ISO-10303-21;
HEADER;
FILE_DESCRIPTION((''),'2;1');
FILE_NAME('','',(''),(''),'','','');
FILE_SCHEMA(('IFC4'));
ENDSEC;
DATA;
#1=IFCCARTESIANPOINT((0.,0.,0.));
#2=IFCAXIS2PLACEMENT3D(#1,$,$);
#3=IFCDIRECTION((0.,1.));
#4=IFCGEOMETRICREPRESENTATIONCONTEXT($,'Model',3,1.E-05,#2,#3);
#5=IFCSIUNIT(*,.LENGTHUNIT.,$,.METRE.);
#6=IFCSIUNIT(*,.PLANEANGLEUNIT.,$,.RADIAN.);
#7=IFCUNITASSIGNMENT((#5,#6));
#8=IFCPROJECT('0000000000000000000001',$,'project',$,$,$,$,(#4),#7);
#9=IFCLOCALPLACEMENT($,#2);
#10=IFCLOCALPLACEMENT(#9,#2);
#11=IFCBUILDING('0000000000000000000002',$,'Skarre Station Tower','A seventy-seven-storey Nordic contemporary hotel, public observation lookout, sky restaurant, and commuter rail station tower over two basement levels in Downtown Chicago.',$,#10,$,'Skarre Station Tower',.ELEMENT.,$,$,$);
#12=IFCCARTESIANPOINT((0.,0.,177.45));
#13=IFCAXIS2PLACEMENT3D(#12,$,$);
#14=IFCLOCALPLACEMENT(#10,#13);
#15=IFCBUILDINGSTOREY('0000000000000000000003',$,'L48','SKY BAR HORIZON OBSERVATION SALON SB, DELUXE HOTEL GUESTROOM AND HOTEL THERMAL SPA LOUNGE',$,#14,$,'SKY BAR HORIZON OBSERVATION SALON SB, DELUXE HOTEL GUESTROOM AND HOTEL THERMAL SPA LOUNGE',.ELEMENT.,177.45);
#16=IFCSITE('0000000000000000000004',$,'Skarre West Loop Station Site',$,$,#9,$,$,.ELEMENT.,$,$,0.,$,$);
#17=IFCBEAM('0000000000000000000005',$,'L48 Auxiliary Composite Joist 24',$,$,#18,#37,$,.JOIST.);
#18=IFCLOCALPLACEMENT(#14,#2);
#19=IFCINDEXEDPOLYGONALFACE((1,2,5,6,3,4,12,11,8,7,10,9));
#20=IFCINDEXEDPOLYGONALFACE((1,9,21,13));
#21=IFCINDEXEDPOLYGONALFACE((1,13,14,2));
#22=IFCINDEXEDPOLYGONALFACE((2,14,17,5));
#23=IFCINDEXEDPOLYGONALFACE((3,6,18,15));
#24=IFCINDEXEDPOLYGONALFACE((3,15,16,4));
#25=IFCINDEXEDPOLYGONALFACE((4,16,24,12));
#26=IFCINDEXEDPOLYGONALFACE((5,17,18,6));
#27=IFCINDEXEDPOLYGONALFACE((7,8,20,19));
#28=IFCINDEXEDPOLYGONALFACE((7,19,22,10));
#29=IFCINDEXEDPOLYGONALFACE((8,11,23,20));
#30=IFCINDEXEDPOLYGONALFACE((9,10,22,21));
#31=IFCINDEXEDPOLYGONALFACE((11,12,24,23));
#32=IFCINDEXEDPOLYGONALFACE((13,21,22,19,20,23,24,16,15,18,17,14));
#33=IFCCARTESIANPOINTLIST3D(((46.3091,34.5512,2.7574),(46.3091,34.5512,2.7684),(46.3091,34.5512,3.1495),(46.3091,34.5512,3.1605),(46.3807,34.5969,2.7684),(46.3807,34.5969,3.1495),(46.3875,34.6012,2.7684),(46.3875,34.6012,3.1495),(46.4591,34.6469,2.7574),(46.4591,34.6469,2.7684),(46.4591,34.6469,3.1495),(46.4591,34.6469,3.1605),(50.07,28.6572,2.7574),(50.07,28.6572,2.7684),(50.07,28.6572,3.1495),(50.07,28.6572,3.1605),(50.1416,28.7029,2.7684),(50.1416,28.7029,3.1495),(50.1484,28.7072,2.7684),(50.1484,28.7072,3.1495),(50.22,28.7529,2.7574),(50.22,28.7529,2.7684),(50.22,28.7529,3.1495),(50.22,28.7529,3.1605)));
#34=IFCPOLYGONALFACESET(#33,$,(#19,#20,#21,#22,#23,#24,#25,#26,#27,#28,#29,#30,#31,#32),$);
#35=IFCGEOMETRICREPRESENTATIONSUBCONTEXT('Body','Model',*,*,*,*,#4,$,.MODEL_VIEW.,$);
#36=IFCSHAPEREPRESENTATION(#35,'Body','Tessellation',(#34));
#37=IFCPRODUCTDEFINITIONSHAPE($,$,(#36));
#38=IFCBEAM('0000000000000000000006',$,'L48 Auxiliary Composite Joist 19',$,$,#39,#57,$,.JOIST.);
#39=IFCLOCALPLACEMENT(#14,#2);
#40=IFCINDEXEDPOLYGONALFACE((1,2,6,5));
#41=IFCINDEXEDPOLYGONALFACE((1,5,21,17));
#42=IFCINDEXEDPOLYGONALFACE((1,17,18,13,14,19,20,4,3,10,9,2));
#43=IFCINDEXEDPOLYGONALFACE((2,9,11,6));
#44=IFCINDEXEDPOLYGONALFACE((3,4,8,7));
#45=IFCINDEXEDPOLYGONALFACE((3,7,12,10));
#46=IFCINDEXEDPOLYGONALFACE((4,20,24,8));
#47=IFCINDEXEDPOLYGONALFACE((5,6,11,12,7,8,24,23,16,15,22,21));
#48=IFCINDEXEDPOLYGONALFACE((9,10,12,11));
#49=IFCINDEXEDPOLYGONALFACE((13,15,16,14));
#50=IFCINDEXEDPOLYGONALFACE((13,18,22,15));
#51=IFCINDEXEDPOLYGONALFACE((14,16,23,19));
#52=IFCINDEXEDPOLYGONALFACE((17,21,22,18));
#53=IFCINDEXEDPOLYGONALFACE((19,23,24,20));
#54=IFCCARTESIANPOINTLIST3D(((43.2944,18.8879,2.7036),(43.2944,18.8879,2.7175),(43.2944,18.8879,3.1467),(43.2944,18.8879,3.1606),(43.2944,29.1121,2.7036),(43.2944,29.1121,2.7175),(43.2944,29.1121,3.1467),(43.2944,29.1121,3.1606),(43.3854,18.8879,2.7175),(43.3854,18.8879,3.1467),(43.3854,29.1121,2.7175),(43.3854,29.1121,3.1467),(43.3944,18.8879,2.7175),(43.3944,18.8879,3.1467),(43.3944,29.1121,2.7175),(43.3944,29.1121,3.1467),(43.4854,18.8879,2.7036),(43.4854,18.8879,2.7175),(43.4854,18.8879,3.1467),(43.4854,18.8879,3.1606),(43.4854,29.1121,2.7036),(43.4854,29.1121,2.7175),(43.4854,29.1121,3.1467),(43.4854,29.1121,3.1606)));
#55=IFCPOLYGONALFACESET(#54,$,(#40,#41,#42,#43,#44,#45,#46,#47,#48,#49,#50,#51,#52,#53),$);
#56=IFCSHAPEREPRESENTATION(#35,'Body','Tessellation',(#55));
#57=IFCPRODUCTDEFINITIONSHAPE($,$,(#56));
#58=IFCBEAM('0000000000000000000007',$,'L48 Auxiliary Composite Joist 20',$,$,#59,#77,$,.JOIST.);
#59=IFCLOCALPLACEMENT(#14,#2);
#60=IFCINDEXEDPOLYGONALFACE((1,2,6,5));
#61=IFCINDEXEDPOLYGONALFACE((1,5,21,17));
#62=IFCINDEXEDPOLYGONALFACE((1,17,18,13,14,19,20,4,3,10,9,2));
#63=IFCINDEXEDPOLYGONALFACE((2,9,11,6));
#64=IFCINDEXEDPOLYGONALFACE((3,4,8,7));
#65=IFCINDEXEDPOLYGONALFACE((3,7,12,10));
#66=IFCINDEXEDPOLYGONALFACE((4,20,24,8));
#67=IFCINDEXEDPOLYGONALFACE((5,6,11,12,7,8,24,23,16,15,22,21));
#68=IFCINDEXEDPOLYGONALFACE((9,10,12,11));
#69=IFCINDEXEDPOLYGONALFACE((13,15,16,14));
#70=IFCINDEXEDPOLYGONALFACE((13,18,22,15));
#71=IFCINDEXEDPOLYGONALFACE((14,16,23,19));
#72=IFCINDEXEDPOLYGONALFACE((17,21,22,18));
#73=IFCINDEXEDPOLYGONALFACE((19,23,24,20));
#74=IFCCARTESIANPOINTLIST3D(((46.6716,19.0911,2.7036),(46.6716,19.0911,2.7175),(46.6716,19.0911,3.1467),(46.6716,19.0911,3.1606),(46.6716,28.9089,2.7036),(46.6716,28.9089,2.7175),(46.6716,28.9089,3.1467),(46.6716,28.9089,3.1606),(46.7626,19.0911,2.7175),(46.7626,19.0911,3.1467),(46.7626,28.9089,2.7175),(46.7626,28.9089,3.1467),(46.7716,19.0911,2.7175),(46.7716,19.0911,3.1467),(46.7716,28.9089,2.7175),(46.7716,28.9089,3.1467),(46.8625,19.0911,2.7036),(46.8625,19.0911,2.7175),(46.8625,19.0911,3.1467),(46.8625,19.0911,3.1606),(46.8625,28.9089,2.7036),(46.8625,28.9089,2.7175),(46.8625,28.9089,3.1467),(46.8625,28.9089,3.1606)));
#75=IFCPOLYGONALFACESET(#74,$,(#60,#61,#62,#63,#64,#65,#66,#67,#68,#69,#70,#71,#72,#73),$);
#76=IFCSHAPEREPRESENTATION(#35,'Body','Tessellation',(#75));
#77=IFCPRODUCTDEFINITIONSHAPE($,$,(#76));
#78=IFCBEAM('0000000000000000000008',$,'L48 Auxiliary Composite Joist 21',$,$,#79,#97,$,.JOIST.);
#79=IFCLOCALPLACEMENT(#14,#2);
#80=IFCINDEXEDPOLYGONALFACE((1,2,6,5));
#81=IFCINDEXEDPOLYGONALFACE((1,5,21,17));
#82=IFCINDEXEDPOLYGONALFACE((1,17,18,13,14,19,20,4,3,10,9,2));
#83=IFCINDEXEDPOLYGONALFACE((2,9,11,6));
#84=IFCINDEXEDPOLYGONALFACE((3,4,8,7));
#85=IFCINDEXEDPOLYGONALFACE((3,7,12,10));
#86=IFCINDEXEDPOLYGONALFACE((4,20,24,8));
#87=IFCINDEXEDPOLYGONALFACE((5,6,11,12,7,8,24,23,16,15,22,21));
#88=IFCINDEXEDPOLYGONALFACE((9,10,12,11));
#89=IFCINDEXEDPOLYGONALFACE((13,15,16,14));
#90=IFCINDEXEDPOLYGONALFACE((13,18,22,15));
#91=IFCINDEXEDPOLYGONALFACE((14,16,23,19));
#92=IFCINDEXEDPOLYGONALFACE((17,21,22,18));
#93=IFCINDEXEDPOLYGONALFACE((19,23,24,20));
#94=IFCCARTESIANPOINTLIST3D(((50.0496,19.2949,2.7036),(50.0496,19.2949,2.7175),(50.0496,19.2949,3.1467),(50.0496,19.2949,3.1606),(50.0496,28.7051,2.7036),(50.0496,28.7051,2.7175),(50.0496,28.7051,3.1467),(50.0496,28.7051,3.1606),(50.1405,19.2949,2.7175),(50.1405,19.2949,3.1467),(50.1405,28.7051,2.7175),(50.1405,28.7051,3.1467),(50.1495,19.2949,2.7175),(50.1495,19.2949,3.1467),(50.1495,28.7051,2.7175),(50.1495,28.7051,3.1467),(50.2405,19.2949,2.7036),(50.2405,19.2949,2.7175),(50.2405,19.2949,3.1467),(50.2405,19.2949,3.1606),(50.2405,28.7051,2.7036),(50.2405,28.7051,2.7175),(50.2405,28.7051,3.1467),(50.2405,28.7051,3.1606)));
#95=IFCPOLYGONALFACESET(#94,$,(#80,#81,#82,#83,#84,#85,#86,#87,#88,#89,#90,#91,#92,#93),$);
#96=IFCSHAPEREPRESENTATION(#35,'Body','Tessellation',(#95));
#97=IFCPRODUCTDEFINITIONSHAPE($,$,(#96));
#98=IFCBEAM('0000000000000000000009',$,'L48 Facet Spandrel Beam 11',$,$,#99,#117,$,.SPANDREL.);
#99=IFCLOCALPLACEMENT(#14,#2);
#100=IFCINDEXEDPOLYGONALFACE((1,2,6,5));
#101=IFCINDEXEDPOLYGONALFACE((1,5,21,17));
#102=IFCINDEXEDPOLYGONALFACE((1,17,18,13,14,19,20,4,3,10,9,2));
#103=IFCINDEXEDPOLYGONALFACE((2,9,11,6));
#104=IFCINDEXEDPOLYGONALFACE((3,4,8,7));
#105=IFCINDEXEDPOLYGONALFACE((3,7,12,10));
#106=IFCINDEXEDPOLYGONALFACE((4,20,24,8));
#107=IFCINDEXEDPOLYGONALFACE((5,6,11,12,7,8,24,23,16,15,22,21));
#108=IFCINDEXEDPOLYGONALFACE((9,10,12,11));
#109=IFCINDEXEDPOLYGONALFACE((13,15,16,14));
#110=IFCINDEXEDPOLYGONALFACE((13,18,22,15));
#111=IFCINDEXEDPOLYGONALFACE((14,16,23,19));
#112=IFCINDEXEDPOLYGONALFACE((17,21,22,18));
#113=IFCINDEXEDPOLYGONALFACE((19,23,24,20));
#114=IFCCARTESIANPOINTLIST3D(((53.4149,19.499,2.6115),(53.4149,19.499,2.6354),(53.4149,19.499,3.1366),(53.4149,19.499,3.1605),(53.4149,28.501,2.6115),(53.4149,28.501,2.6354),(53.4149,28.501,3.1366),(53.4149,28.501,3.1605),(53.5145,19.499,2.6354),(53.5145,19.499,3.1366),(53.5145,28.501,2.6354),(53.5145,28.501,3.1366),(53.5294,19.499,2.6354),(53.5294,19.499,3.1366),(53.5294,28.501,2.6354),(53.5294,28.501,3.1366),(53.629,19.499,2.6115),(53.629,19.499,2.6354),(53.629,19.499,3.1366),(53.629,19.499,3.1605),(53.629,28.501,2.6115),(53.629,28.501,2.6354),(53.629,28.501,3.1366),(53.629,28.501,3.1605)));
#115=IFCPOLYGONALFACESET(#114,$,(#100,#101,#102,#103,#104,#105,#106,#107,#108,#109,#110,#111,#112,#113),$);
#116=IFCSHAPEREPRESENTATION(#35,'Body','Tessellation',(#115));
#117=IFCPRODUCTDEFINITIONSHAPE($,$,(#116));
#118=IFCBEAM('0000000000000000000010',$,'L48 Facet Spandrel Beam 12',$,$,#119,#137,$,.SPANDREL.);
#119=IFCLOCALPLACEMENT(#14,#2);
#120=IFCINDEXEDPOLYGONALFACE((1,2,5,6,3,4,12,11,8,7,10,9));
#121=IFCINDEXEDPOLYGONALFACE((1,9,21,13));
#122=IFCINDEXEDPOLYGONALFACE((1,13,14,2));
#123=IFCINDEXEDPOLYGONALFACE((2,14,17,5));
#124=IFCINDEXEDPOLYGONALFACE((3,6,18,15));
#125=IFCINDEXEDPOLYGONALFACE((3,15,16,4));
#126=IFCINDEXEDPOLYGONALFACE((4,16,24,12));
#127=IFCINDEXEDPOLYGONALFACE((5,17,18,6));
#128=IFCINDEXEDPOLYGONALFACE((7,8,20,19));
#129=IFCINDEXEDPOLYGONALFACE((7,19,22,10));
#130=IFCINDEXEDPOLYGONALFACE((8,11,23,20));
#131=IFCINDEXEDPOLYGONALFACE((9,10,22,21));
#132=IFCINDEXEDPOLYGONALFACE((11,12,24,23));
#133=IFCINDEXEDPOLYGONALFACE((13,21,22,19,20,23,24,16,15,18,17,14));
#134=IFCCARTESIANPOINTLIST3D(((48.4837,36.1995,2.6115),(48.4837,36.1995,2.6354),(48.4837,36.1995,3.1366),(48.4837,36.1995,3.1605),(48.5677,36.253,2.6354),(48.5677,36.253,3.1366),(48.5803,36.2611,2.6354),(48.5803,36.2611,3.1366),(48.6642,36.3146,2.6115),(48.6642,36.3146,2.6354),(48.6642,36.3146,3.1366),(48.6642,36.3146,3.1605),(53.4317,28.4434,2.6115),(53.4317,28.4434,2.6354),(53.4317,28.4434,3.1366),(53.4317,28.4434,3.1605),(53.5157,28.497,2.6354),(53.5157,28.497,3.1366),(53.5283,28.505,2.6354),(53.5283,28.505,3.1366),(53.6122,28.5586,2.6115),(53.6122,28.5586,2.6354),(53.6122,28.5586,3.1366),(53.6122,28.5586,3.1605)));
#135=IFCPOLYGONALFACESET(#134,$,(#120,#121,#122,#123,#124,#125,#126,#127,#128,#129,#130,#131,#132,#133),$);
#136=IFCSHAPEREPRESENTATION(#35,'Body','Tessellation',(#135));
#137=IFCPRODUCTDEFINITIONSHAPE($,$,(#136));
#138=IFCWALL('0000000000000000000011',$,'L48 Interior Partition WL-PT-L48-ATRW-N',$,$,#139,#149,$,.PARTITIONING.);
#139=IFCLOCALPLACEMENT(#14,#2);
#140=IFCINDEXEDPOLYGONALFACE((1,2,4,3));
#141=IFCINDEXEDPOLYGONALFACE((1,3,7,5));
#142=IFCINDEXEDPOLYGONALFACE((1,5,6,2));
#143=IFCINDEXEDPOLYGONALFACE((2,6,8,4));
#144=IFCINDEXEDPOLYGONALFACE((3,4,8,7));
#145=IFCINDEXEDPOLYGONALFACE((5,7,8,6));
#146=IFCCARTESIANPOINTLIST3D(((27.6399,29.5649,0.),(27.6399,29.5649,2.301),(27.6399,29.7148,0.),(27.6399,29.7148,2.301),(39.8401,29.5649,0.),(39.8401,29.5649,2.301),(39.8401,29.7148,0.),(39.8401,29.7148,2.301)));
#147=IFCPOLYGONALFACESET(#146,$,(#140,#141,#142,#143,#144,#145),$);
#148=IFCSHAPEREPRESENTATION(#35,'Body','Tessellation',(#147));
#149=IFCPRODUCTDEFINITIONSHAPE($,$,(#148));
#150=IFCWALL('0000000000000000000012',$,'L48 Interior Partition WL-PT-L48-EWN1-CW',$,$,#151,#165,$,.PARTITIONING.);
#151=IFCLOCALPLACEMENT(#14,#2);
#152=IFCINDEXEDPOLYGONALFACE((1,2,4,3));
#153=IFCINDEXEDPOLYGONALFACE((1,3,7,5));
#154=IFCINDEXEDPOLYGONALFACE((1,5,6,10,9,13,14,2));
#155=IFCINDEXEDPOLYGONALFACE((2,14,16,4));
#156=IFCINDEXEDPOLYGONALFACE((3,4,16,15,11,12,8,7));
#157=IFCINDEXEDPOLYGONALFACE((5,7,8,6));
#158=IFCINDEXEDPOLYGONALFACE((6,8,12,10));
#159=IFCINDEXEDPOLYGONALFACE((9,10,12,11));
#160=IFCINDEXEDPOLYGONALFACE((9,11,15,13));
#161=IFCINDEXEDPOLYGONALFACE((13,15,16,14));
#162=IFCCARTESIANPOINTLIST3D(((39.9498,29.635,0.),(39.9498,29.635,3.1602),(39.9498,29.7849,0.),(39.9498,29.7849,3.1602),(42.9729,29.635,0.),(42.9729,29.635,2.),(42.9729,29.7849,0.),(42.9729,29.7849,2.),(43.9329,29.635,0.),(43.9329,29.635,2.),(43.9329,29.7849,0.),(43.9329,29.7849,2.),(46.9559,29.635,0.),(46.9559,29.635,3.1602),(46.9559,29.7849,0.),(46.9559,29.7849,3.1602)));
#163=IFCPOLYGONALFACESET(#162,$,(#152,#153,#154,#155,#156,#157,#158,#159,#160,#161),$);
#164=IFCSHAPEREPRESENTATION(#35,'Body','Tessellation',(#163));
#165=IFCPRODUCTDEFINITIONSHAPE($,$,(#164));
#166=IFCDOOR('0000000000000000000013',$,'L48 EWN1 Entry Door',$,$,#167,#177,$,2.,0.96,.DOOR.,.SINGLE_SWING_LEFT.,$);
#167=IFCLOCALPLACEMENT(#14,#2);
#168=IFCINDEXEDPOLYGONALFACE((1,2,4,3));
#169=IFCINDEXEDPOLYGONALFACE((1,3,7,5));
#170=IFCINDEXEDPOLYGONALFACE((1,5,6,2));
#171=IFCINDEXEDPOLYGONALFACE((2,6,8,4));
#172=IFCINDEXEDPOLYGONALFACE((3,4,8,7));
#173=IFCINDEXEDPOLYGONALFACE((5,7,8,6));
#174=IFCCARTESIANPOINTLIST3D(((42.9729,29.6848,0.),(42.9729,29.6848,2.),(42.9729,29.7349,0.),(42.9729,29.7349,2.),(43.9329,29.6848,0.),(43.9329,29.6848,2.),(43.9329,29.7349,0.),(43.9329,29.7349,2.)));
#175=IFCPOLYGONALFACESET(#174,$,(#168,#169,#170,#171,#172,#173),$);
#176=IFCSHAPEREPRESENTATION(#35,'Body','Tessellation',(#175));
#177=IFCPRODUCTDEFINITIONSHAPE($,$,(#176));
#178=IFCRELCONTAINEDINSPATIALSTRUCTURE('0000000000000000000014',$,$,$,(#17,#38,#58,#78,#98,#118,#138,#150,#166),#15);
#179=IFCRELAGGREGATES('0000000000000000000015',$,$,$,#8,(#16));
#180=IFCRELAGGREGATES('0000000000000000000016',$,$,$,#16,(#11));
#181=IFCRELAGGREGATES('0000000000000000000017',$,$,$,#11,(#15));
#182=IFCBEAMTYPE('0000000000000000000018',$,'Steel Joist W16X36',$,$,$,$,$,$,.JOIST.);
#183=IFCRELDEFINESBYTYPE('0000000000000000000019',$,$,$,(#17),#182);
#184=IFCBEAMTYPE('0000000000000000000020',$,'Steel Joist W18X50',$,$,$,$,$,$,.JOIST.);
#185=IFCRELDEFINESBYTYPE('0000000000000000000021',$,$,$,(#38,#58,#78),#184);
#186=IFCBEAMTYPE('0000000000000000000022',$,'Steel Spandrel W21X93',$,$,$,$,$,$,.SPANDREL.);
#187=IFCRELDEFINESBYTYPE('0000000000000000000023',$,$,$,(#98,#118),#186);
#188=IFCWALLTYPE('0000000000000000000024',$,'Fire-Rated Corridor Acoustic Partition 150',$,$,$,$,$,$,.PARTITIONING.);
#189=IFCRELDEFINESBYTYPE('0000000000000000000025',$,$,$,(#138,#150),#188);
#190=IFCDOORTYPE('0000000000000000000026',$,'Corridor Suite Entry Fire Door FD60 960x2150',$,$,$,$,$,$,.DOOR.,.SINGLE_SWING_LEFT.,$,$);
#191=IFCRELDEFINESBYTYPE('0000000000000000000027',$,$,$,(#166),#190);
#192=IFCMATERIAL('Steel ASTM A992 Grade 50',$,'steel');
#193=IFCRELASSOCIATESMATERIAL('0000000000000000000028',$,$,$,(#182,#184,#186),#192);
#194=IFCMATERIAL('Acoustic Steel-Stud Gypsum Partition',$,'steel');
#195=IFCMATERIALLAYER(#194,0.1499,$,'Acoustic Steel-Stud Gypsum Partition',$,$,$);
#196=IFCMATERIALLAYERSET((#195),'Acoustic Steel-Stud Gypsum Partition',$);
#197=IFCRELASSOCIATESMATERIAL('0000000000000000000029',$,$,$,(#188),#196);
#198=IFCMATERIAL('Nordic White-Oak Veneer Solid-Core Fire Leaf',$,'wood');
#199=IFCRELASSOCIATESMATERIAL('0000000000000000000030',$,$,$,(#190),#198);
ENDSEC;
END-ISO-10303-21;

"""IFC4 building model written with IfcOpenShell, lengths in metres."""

from ifc_helpers import new_model, si_unit, direction, frame, frame_2d, origin, origin_2d, place, context, subcontext, project, spatial, rectangle, i_section, extrude, material, layer, layer_set, material_profile, profile_set, type_object, element, fill, save


model = new_model("IFC4")

# Units and contexts
model_context = context("Model", 3, precision=1e-05, world=origin(), true_north=direction((0.0, 1.0)))
body_context = subcontext(model_context, "Body", "Model", "MODEL_VIEW")
ifc_project = project(units=[si_unit("LENGTHUNIT", "METRE"), si_unit("PLANEANGLEUNIT", "RADIAN")], contexts=[model_context])

# Site, building, storey
site_placement = place(None, origin())
site = spatial("IfcSite", under=ifc_project, at=site_placement, Name="Skarre West Loop Station Site", CompositionType="ELEMENT", RefElevation=0.0)
building_placement = place(site_placement, origin())
building = spatial("IfcBuilding", under=site, at=building_placement, Name="Skarre Station Tower", Description="A seventy-seven-storey Nordic contemporary hotel, public observation lookout, sky restaurant, and commuter rail station tower over two basement levels in Downtown Chicago.", LongName="Skarre Station Tower", CompositionType="ELEMENT")
storey_placement = place(building_placement, frame((0.0, 0.0, 177.45)))
storey = spatial("IfcBuildingStorey", under=building, at=storey_placement, Name="L48", Description="SKY BAR HORIZON OBSERVATION SALON SB, DELUXE HOTEL GUESTROOM AND HOTEL THERMAL SPA LOUNGE", LongName="SKY BAR HORIZON OBSERVATION SALON SB, DELUXE HOTEL GUESTROOM AND HOTEL THERMAL SPA LOUNGE", CompositionType="ELEMENT", Elevation=177.45)

# Beams
ifc_material_1 = material(Name="Steel ASTM A992 Grade 50", Category="steel")
ifc_material_profile_1 = material_profile(ifc_material_1, i_section(OverallWidth=0.178, OverallDepth=0.4031, WebThickness=0.0081, FlangeThickness=0.011, at=origin_2d()), Name="Steel ASTM A992 Grade 50")
ifc_profile_set_1 = profile_set([ifc_material_profile_1], Name="Steel ASTM A992 Grade 50")
beam_type_1 = type_object("IfcBeamType", Name="Steel Joist W16X36", PredefinedType="JOIST", material=ifc_profile_set_1)
beam_1_placement = place(storey_placement, frame((50.145, 28.7051, 2.959), z_axis=(-0.537917, 0.842998, 0.0), x_axis=(-0.842998, -0.537917, 0.0)))
element("IfcBeam", 1, at=beam_1_placement, inside=storey, type_object=beam_type_1, Name="L48 Auxiliary Composite Joist 24", PredefinedType="JOIST", context=body_context, shape_type="SweptSolid", body=[
    extrude(i_section(OverallWidth=0.178, OverallDepth=0.4031, WebThickness=0.0081, FlangeThickness=0.011, at=origin_2d()), origin(), (0.0, 0.0, 1.0), 6.9917),
])
ifc_material_profile_2 = material_profile(ifc_material_1, i_section(OverallWidth=0.1909, OverallDepth=0.457, WebThickness=0.009, FlangeThickness=0.0139, at=origin_2d()), Name="Steel ASTM A992 Grade 50")
ifc_profile_set_2 = profile_set([ifc_material_profile_2], Name="Steel ASTM A992 Grade 50")
beam_type_2 = type_object("IfcBeamType", Name="Steel Joist W18X50", PredefinedType="JOIST", material=ifc_profile_set_2)
beam_2_placement = place(storey_placement, frame((43.3899, 18.8879, 2.9321), z_axis=(0.0, 1.0, 0.0), x_axis=(-1.0, 0.0, 0.0)))
element("IfcBeam", 2, at=beam_2_placement, inside=storey, type_object=beam_type_2, Name="L48 Auxiliary Composite Joist 19", PredefinedType="JOIST", context=body_context, shape_type="SweptSolid", body=[
    extrude(i_section(OverallWidth=0.1909, OverallDepth=0.457, WebThickness=0.009, FlangeThickness=0.0139, at=origin_2d()), origin(), (0.0, 0.0, 1.0), 10.2241),
])
beam_3_placement = place(storey_placement, frame((46.7671, 19.0911, 2.9321), z_axis=(0.0, 1.0, 0.0), x_axis=(-1.0, 0.0, 0.0)))
element("IfcBeam", 3, at=beam_3_placement, inside=storey, type_object=beam_type_2, Name="L48 Auxiliary Composite Joist 20", PredefinedType="JOIST", context=body_context, shape_type="SweptSolid", body=[
    extrude(i_section(OverallWidth=0.1909, OverallDepth=0.457, WebThickness=0.009, FlangeThickness=0.0139, at=origin_2d()), origin(), (0.0, 0.0, 1.0), 9.8179),
])
beam_4_placement = place(storey_placement, frame((50.145, 19.2949, 2.9321), z_axis=(0.0, 1.0, 0.0), x_axis=(-1.0, 0.0, 0.0)))
element("IfcBeam", 4, at=beam_4_placement, inside=storey, type_object=beam_type_2, Name="L48 Auxiliary Composite Joist 21", PredefinedType="JOIST", context=body_context, shape_type="SweptSolid", body=[
    extrude(i_section(OverallWidth=0.1909, OverallDepth=0.457, WebThickness=0.009, FlangeThickness=0.0139, at=origin_2d()), origin(), (0.0, 0.0, 1.0), 9.4102),
])
ifc_material_profile_3 = material_profile(ifc_material_1, i_section(OverallWidth=0.2141, OverallDepth=0.5491, WebThickness=0.0149, FlangeThickness=0.0239, at=origin_2d()), Name="Steel ASTM A992 Grade 50")
ifc_profile_set_3 = profile_set([ifc_material_profile_3], Name="Steel ASTM A992 Grade 50")
beam_type_3 = type_object("IfcBeamType", Name="Steel Spandrel W21X93", PredefinedType="SPANDREL", material=ifc_profile_set_3)
beam_5_placement = place(storey_placement, frame((53.522, 19.499, 2.886), z_axis=(0.0, 1.0, 0.0), x_axis=(-1.0, 0.0, 0.0)))
element("IfcBeam", 5, at=beam_5_placement, inside=storey, type_object=beam_type_3, Name="L48 Facet Spandrel Beam 11", PredefinedType="SPANDREL", context=body_context, shape_type="SweptSolid", body=[
    extrude(i_section(OverallWidth=0.2141, OverallDepth=0.5491, WebThickness=0.0149, FlangeThickness=0.0239, at=origin_2d()), origin(), (0.0, 0.0, 1.0), 9.002),
])
beam_6_placement = place(storey_placement, frame((53.522, 28.501, 2.886), z_axis=(-0.537826, 0.843056, 0.0), x_axis=(-0.843056, -0.537826, 0.0)))
element("IfcBeam", 6, at=beam_6_placement, inside=storey, type_object=beam_type_3, Name="L48 Facet Spandrel Beam 12", PredefinedType="SPANDREL", context=body_context, shape_type="SweptSolid", body=[
    extrude(i_section(OverallWidth=0.2141, OverallDepth=0.5491, WebThickness=0.0149, FlangeThickness=0.0239, at=origin_2d()), origin(), (0.0, 0.0, 1.0), 9.2),
])

# Wall
ifc_material_2 = material(Name="Acoustic Steel-Stud Gypsum Partition", Category="steel")
ifc_layer_1 = layer(ifc_material_2, 0.1499, Name="Acoustic Steel-Stud Gypsum Partition")
ifc_layer_set_1 = layer_set([ifc_layer_1], Name="Acoustic Steel-Stud Gypsum Partition")
wall_type_1 = type_object("IfcWallType", Name="Fire-Rated Corridor Acoustic Partition 150", PredefinedType="PARTITIONING", material=ifc_layer_set_1)
wall_1_placement = place(storey_placement, frame((39.8401, 29.6399, 0.0), z_axis=(0.0, 0.0, 1.0), x_axis=(-1.0, 0.0, 0.0)))
element("IfcWall", 7, at=wall_1_placement, inside=storey, type_object=wall_type_1, Name="L48 Interior Partition WL-PT-L48-ATRW-N", PredefinedType="PARTITIONING", context=body_context, shape_type="SweptSolid", body=[
    extrude(rectangle(XDim=12.2002, YDim=0.1499, at=frame_2d((6.1001, 0.0))), origin(), (0.0, 0.0, 1.0), 2.301),
])

# Wall, opening, door
wall_2_placement = place(storey_placement, frame((39.95, 29.71, 0.0), z_axis=(0.0, 0.0, 1.0), x_axis=(1.0, 0.0, 0.0)))
wall_2 = element("IfcWall", 8, at=wall_2_placement, inside=storey, type_object=wall_type_1, Name="L48 Interior Partition WL-PT-L48-EWN1-CW", PredefinedType="PARTITIONING", context=body_context, shape_type="SweptSolid", body=[
    extrude(rectangle(XDim=7.0061, YDim=0.1499, at=frame_2d((3.5029, 0.0))), origin(), (0.0, 0.0, 1.0), 3.1602),
])
opening_1_placement = place(wall_2_placement, frame((3.0229, 0.0, 0.0)))
opening_1 = element("IfcOpeningElement", 9, at=opening_1_placement, cuts=wall_2, PredefinedType="OPENING", context=body_context, shape_type="SweptSolid", body=[
    extrude(rectangle(XDim=0.96, YDim=2.0, at=frame_2d((0.48, 1.0))), frame((0.0, 0.085, 0.0), z_axis=(0.0, -1.0, 0.0), x_axis=(1.0, 0.0, 0.0)), (0.0, 0.0, 1.0), 0.1699),
])
ifc_material_3 = material(Name="Nordic White-Oak Veneer Solid-Core Fire Leaf", Category="wood")
door_type_1 = type_object("IfcDoorType", Name="Corridor Suite Entry Fire Door FD60 960x2150", OperationType="SINGLE_SWING_LEFT", PredefinedType="DOOR", material=ifc_material_3)
door_1_placement = place(opening_1_placement, origin())
door_1 = element("IfcDoor", 10, at=door_1_placement, inside=storey, type_object=door_type_1, Name="L48 EWN1 Entry Door", OperationType="SINGLE_SWING_LEFT", OverallHeight=2.0, OverallWidth=0.96, PredefinedType="DOOR", context=body_context, shape_type="SweptSolid", body=[
    extrude(rectangle(XDim=0.96, YDim=2.0, at=frame_2d((0.48, 1.0))), frame((0.0, 0.0249, 0.0), z_axis=(0.0, -1.0, 0.0), x_axis=(1.0, 0.0, 0.0)), (0.0, 0.0, 1.0), 0.05),
])
fill(opening_1, door_1)

save(model, "model.ifc")
